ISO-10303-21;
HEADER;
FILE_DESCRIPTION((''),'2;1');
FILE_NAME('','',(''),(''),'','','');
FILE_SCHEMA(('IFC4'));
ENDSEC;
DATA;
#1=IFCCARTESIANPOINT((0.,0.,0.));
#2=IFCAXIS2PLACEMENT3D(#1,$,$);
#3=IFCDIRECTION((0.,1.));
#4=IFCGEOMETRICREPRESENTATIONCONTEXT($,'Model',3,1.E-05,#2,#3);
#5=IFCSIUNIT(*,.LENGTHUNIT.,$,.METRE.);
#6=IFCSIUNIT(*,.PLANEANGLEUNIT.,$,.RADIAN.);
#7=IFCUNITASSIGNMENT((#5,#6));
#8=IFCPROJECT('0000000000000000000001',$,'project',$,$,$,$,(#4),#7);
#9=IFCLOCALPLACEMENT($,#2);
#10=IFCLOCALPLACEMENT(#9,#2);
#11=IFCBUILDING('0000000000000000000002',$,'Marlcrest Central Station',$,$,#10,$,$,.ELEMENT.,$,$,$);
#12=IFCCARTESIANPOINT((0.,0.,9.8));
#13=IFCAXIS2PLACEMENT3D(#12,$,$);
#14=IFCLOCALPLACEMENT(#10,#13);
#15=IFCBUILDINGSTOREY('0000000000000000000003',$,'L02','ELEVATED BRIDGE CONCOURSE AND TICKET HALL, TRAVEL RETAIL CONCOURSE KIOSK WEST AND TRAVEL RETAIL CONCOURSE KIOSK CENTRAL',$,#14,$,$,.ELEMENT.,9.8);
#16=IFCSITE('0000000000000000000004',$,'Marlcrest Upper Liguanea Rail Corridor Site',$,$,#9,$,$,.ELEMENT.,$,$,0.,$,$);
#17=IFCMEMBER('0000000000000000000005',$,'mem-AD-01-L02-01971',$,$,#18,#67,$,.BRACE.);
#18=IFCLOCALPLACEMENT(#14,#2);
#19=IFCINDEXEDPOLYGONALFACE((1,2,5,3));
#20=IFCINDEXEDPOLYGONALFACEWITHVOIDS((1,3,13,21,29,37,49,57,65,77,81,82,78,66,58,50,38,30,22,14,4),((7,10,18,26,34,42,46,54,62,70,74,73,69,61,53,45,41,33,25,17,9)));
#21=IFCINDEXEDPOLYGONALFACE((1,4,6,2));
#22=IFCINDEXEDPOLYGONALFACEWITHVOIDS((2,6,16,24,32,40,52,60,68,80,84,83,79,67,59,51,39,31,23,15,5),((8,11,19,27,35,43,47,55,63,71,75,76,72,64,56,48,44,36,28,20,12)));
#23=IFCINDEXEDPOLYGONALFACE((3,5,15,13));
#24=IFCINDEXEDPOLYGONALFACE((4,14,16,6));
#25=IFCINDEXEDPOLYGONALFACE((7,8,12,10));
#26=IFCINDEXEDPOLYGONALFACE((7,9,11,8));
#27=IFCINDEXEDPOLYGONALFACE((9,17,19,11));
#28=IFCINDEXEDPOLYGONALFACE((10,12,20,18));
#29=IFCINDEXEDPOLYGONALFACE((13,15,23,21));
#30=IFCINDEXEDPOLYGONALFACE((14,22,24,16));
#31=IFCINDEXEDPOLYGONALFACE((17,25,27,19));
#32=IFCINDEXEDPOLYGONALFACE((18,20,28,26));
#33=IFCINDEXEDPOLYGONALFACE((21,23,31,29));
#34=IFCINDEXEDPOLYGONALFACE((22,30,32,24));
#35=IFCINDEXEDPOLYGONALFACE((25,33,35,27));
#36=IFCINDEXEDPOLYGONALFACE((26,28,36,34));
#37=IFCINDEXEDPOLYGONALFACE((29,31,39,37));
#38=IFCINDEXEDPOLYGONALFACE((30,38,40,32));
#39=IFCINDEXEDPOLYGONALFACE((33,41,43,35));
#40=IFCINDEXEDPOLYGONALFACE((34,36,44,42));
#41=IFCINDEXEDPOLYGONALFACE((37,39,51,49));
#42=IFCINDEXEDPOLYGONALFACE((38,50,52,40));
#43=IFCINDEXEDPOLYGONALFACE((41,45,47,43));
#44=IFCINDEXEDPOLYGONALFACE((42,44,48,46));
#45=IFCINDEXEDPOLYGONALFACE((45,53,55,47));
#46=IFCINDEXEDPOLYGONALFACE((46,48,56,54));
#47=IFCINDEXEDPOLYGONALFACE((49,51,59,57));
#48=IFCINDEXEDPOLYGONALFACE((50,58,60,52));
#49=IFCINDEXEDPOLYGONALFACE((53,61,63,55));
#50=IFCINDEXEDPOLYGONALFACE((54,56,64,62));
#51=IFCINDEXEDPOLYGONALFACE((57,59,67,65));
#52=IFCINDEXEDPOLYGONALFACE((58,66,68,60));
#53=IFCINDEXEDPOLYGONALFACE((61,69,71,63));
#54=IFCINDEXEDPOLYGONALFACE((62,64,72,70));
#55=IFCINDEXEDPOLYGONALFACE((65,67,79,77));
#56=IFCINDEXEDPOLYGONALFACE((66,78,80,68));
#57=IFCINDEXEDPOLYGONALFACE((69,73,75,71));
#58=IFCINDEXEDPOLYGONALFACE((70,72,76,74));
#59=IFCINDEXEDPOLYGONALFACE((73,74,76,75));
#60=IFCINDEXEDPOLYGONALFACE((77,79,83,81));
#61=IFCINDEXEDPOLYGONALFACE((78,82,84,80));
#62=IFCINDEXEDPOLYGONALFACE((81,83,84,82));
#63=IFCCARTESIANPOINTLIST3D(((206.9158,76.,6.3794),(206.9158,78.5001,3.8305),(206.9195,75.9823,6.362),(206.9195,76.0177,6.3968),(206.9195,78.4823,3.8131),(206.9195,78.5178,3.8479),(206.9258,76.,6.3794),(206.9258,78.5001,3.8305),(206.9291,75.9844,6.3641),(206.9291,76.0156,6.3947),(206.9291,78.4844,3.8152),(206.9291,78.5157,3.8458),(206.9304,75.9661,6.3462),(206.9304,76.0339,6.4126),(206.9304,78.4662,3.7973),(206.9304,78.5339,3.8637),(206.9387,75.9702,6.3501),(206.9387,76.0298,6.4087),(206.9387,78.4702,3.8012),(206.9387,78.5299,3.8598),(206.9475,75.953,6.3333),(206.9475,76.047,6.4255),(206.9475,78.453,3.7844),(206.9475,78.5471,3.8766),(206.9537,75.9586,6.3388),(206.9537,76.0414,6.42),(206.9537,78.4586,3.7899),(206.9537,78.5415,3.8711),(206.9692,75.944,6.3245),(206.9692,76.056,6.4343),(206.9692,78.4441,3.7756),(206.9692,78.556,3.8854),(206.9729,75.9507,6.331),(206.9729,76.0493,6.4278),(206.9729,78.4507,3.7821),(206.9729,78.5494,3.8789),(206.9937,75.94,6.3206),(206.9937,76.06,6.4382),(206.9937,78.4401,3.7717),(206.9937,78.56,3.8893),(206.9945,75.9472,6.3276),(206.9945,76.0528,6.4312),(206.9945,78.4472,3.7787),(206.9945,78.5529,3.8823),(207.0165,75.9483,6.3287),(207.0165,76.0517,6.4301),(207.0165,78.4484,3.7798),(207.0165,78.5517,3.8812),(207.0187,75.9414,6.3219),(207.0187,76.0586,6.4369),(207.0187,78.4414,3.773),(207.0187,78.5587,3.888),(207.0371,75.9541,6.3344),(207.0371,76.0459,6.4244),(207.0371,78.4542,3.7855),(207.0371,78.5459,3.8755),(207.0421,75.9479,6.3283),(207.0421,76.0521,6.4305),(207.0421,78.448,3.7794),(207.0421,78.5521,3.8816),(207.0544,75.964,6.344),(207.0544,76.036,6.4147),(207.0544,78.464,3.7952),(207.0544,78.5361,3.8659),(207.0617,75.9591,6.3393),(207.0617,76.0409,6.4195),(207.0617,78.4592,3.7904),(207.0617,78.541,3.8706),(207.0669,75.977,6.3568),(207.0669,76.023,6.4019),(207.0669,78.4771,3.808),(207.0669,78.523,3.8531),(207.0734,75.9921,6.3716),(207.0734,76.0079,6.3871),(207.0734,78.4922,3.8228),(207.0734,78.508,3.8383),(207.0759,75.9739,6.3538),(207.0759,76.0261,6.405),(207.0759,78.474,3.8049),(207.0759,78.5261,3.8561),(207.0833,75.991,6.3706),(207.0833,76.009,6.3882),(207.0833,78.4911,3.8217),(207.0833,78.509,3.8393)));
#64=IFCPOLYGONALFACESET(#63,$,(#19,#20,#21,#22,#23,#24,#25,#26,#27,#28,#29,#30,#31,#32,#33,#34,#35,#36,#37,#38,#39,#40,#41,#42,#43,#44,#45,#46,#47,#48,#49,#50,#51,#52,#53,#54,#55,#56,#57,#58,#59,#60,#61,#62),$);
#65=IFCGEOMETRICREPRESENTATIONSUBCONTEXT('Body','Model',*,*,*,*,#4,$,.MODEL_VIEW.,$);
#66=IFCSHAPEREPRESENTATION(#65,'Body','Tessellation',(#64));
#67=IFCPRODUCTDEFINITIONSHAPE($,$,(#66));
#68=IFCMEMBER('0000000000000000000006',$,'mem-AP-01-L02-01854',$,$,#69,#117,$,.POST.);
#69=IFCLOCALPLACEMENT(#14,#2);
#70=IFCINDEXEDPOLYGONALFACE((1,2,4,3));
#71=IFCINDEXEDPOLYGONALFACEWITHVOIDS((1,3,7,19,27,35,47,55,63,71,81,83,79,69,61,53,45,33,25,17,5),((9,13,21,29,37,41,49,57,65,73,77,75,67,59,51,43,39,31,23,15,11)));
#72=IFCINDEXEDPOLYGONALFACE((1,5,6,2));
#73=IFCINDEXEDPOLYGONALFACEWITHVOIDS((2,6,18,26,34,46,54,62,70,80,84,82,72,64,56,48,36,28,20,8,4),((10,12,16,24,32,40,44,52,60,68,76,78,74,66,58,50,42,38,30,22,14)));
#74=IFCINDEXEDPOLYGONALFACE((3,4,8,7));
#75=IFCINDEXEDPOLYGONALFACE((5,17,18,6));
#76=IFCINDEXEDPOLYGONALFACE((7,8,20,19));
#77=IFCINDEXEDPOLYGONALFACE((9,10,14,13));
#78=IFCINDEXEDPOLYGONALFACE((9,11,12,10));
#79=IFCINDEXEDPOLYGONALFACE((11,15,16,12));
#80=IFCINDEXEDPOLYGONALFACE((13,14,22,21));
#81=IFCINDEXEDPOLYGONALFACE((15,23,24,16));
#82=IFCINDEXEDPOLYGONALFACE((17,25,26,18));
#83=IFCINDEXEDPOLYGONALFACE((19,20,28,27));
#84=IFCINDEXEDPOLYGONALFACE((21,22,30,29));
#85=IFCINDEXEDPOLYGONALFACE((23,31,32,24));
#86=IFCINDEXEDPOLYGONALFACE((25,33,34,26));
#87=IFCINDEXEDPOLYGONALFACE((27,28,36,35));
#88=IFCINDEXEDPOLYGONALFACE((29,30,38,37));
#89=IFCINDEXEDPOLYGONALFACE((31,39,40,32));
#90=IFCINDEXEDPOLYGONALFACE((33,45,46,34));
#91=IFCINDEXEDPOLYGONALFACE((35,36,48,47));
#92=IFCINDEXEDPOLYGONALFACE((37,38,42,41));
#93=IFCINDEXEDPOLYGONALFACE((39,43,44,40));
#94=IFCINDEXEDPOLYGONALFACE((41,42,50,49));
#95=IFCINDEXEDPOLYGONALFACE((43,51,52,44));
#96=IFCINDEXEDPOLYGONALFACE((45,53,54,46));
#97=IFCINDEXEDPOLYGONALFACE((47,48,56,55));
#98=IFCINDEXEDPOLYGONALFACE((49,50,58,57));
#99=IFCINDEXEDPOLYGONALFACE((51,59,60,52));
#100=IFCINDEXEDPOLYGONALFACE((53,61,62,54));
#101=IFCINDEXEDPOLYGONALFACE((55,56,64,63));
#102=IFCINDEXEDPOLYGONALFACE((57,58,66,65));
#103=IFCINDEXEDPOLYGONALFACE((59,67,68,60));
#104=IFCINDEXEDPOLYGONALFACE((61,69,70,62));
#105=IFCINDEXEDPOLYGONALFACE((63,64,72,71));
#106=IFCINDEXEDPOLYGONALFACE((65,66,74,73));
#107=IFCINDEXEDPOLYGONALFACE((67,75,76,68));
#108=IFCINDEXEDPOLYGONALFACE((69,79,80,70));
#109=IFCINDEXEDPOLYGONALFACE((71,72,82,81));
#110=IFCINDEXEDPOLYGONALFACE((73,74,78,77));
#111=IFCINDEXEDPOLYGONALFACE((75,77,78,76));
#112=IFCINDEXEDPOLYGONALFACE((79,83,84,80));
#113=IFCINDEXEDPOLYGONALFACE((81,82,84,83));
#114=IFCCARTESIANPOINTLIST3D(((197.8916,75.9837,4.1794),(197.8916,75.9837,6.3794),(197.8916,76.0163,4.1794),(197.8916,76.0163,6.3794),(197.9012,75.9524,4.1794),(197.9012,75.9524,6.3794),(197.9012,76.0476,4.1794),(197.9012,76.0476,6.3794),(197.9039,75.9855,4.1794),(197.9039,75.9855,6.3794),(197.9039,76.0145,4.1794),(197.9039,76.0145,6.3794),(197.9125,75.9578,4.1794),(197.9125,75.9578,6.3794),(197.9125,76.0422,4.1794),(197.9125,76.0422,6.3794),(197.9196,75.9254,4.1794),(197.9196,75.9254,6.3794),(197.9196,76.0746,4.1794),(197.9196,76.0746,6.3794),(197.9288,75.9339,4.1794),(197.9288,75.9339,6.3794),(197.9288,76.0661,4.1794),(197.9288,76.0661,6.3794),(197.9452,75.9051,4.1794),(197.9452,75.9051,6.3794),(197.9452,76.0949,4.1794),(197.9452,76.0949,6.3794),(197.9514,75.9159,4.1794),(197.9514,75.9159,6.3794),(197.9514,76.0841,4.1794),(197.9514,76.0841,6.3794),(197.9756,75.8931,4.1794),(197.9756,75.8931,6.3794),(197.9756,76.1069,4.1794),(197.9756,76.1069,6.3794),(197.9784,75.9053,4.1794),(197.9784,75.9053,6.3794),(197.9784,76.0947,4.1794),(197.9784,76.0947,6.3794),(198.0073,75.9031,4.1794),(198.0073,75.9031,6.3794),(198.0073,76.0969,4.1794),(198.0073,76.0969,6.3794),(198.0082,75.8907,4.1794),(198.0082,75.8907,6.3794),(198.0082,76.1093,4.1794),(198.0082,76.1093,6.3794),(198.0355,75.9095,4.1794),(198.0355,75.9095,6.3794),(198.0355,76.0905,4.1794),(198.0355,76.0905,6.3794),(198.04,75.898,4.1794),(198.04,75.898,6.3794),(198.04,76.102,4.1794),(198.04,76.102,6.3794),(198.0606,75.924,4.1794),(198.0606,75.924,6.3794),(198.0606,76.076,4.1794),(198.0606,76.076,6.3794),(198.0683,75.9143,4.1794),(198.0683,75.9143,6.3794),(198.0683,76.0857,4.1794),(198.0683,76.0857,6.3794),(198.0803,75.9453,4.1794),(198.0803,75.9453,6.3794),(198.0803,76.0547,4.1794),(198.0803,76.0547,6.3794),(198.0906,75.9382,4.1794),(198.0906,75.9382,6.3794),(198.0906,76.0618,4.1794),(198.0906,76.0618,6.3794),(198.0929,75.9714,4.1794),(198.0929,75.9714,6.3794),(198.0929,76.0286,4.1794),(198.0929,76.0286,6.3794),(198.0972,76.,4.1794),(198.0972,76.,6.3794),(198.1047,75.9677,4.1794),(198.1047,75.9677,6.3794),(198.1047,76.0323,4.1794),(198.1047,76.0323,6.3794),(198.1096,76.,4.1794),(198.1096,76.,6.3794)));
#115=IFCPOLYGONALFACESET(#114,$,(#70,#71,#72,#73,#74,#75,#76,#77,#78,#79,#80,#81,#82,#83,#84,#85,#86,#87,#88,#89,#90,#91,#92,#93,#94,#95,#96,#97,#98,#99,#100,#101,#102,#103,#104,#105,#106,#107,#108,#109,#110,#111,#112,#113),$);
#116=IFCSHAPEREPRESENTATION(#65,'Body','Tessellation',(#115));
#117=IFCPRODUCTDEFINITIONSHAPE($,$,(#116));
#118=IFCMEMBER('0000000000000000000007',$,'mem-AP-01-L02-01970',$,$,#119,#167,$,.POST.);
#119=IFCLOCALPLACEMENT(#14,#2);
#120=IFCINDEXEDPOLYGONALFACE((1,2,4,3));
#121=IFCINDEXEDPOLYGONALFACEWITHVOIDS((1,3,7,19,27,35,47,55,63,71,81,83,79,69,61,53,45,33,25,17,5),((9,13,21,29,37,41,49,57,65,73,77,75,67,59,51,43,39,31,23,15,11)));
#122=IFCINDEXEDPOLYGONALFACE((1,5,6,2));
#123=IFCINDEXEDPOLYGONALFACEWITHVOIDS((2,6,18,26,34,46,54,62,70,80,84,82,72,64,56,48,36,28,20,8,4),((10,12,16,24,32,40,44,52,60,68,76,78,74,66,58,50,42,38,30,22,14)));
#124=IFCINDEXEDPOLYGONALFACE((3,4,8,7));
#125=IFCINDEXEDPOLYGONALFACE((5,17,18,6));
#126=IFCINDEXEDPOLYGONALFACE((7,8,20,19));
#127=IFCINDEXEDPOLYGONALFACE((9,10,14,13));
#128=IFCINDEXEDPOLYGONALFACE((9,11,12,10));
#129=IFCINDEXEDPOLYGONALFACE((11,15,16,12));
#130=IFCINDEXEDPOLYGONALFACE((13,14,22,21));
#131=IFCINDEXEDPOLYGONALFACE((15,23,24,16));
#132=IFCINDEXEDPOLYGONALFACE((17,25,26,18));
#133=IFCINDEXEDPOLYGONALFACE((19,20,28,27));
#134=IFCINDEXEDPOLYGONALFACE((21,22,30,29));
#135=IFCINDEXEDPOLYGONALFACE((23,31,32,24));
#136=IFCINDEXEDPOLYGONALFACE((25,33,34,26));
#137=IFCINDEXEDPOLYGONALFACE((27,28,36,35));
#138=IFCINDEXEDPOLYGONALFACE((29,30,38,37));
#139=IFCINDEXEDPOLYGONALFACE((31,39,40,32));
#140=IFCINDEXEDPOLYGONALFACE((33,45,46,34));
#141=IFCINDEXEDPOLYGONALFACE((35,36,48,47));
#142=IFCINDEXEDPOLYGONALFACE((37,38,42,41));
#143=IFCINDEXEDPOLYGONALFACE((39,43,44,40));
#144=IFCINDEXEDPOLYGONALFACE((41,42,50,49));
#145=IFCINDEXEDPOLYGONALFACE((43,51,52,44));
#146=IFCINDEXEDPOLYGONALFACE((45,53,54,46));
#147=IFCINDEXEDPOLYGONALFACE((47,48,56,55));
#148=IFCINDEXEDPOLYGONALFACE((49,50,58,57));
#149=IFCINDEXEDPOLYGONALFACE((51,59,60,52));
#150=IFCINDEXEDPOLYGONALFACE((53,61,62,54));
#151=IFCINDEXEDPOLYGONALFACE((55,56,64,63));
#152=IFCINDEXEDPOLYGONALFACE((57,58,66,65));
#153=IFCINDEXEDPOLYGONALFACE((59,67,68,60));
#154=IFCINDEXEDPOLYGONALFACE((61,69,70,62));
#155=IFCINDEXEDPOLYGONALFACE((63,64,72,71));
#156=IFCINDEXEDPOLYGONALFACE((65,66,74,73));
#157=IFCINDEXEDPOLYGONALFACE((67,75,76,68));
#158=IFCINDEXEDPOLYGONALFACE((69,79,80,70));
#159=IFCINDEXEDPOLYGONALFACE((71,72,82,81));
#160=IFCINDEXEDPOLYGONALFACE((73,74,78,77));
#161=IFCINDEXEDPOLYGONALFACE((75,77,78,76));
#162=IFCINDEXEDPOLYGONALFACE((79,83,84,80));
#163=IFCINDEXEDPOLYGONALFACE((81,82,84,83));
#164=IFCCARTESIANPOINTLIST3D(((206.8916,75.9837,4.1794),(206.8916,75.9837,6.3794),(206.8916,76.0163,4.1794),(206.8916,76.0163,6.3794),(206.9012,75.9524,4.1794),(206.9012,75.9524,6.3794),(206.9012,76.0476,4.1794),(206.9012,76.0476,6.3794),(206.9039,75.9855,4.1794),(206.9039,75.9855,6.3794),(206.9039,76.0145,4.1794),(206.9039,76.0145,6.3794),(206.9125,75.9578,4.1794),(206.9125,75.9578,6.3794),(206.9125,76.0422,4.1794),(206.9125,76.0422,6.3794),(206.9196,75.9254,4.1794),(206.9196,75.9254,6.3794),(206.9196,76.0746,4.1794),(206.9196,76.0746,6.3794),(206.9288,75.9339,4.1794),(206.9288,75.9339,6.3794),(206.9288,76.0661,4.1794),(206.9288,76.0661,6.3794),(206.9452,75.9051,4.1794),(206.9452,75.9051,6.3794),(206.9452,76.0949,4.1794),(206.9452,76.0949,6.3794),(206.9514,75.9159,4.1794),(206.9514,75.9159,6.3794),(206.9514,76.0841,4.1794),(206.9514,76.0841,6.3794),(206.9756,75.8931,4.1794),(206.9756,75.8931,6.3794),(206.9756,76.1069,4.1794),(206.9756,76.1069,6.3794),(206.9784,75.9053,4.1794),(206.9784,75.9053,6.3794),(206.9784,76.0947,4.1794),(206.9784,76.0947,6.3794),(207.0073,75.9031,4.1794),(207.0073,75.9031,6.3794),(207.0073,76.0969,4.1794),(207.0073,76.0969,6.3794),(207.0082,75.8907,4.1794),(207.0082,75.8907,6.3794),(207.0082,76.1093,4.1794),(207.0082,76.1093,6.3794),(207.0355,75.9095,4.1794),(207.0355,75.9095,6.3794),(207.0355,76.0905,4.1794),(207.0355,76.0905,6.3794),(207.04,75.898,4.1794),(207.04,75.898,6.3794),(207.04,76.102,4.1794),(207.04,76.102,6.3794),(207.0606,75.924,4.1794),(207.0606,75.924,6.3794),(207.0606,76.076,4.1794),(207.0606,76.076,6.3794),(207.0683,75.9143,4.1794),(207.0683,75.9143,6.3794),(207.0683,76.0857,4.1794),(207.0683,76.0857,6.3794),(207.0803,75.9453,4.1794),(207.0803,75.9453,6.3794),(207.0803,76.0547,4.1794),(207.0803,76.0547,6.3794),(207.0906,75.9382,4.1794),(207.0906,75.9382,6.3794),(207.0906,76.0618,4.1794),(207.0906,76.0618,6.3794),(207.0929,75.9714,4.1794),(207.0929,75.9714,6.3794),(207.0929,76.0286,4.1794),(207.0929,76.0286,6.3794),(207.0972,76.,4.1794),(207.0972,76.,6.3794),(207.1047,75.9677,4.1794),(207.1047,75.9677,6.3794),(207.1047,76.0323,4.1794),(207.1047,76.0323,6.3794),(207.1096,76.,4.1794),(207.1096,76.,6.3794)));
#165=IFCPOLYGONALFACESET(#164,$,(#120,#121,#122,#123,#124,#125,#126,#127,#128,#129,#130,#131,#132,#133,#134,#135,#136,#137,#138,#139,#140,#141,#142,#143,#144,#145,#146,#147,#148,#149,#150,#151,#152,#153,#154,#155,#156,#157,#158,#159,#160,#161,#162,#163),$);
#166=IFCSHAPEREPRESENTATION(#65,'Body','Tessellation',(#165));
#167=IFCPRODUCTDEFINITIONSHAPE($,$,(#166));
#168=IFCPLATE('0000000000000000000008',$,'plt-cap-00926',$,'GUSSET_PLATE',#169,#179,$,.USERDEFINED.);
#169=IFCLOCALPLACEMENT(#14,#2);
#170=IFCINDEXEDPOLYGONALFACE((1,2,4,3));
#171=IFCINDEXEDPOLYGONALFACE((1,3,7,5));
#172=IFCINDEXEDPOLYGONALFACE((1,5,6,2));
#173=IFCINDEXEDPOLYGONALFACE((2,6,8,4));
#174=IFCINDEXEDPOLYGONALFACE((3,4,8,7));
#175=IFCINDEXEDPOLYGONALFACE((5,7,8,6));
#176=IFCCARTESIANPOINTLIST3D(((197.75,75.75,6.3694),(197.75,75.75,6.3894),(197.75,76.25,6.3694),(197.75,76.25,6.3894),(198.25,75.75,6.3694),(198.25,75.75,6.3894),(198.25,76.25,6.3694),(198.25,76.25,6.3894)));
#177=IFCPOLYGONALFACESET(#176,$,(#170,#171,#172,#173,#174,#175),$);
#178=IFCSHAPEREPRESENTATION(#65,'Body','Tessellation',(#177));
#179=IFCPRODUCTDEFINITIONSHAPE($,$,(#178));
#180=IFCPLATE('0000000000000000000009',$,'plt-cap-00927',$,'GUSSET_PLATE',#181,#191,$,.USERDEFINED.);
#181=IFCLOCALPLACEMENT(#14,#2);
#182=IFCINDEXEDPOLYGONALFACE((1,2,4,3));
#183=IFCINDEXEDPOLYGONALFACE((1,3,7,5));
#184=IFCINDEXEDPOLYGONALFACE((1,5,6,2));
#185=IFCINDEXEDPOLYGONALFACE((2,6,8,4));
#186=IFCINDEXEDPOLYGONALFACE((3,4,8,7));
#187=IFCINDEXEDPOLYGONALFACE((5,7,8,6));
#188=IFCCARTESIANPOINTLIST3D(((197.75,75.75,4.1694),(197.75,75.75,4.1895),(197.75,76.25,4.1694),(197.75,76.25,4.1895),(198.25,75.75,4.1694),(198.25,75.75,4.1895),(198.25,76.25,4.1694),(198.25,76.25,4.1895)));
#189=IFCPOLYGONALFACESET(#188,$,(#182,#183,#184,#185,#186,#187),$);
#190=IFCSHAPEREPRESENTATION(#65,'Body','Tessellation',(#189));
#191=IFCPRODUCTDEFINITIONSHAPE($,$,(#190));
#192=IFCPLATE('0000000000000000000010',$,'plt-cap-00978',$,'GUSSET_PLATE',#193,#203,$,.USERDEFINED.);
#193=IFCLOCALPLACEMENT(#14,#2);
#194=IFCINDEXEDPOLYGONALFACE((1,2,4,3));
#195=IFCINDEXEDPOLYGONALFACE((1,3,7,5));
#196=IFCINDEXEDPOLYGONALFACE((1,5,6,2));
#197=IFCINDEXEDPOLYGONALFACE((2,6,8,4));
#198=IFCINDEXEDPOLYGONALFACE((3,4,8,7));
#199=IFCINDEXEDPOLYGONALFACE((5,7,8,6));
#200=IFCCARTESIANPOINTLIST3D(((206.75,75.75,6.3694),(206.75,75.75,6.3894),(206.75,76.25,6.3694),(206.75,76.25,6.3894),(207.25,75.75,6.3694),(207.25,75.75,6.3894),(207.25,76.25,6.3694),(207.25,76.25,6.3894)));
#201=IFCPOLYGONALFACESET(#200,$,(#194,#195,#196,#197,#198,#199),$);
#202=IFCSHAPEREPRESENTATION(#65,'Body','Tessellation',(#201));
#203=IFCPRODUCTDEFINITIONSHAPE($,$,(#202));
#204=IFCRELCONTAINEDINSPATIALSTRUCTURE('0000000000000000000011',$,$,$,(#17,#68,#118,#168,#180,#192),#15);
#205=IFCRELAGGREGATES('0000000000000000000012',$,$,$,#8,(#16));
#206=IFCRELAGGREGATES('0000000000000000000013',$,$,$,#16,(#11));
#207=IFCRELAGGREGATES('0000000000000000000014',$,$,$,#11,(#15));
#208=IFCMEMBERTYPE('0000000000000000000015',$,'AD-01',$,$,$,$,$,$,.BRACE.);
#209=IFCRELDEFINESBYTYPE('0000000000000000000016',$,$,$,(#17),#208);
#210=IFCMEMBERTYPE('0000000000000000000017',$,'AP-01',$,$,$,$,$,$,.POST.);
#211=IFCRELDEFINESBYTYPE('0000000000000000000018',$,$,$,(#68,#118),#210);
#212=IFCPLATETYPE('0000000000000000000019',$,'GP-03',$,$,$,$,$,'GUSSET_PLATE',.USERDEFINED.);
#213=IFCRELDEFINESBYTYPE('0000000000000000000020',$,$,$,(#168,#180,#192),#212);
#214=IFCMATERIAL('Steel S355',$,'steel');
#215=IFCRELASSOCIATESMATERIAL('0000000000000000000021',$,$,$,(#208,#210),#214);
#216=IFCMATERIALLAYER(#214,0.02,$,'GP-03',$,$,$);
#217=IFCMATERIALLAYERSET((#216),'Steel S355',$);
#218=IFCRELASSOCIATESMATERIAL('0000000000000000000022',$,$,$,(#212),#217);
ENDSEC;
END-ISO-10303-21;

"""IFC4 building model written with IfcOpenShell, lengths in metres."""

from ifc_helpers import new_model, si_unit, direction, frame, origin, origin_2d, place, context, subcontext, project, spatial, rectangle, hollow_circle, extrude, material, layer, layer_set, material_profile, profile_set, type_object, element, save


model = new_model("IFC4")

# Units and contexts
model_context = context("Model", 3, precision=1e-05, world=origin(), true_north=direction((0.0, 1.0)))
body_context = subcontext(model_context, "Body", "Model", "MODEL_VIEW")
ifc_project = project(units=[si_unit("LENGTHUNIT", "METRE"), si_unit("PLANEANGLEUNIT", "RADIAN")], contexts=[model_context])

# Site, building, storey
site_placement = place(None, origin())
site = spatial("IfcSite", under=ifc_project, at=site_placement, Name="Marlcrest Upper Liguanea Rail Corridor Site", CompositionType="ELEMENT", RefElevation=0.0)
building_placement = place(site_placement, origin())
building = spatial("IfcBuilding", under=site, at=building_placement, Name="Marlcrest Central Station", CompositionType="ELEMENT")
storey_placement = place(building_placement, frame((0.0, 0.0, 9.8)))
storey = spatial("IfcBuildingStorey", under=building, at=storey_placement, Name="L02", Description="ELEVATED BRIDGE CONCOURSE AND TICKET HALL, TRAVEL RETAIL CONCOURSE KIOSK WEST AND TRAVEL RETAIL CONCOURSE KIOSK CENTRAL", CompositionType="ELEMENT", Elevation=9.8)

# Members
ifc_material = material(Name="Steel S355", Category="steel")
ifc_material_profile_1 = material_profile(ifc_material, hollow_circle(Radius=0.0842, WallThickness=0.01, at=origin_2d()), Name="CHS 168.3x10")
ifc_profile_set_1 = profile_set([ifc_material_profile_1], Name="Steel S355")
member_type_1 = type_object("IfcMemberType", Name="AD-01", PredefinedType="BRACE", material=ifc_profile_set_1)
for number, where, z_axis, x_axis, name in (
    (1, (207.0, 76.0, 6.3794), (0.0, 0.700235, -0.713912), (-1.0, 0.0, 0.0), "mem-AD-01-L02-01971"),
):
    element("IfcMember", number, at=place(storey_placement, frame(where, z_axis=z_axis, x_axis=x_axis)), inside=storey, type_object=member_type_1, Name=name, PredefinedType="BRACE", context=body_context, shape_type="SweptSolid", body=[
        extrude(hollow_circle(Radius=0.0842, WallThickness=0.01, at=origin_2d()), origin(), (0.0, 0.0, 1.0), 3.5703),
    ])
ifc_material_profile_2 = material_profile(ifc_material, hollow_circle(Radius=0.1096, WallThickness=0.0125, at=origin_2d()), Name="CHS 219.1x12.5")
ifc_profile_set_2 = profile_set([ifc_material_profile_2], Name="Steel S355")
member_type_2 = type_object("IfcMemberType", Name="AP-01", PredefinedType="POST", material=ifc_profile_set_2)
for number, where, z_axis, x_axis, name in (
    (2, (198.0, 76.0, 4.1794), (0.0, 0.0, 1.0), (1.0, 0.0, 0.0), "mem-AP-01-L02-01854"),
    (3, (207.0, 76.0, 4.1794), (0.0, 0.0, 1.0), (1.0, 0.0, 0.0), "mem-AP-01-L02-01970"),
):
    element("IfcMember", number, at=place(storey_placement, frame(where, z_axis=z_axis, x_axis=x_axis)), inside=storey, type_object=member_type_2, Name=name, PredefinedType="POST", context=body_context, shape_type="SweptSolid", body=[
        extrude(hollow_circle(Radius=0.1096, WallThickness=0.0125, at=origin_2d()), origin(), (0.0, 0.0, 1.0), 2.2),
    ])

# Plates
ifc_layer = layer(ifc_material, 0.02, Name="GP-03")
ifc_layer_set = layer_set([ifc_layer], Name="Steel S355")
plate_type = type_object("IfcPlateType", Name="GP-03", ElementType="GUSSET_PLATE", PredefinedType="USERDEFINED", material=ifc_layer_set)
for number, where, z_axis, x_axis, name in (
    (4, (198.0, 76.0, 6.3694), (0.0, 0.0, 1.0), (1.0, 0.0, 0.0), "plt-cap-00926"),
    (5, (198.0, 76.0, 4.1694), (0.0, 0.0, 1.0), (1.0, 0.0, 0.0), "plt-cap-00927"),
    (6, (207.0, 76.0, 6.3694), (0.0, 0.0, 1.0), (1.0, 0.0, 0.0), "plt-cap-00978"),
):
    element("IfcPlate", number, at=place(storey_placement, frame(where, z_axis=z_axis, x_axis=x_axis)), inside=storey, type_object=plate_type, Name=name, ObjectType="GUSSET_PLATE", PredefinedType="USERDEFINED", context=body_context, shape_type="SweptSolid", body=[
        extrude(rectangle(XDim=0.5, YDim=0.5, at=origin_2d()), origin(), (0.0, 0.0, 1.0), 0.02),
    ])

save(model, "model.ifc")
